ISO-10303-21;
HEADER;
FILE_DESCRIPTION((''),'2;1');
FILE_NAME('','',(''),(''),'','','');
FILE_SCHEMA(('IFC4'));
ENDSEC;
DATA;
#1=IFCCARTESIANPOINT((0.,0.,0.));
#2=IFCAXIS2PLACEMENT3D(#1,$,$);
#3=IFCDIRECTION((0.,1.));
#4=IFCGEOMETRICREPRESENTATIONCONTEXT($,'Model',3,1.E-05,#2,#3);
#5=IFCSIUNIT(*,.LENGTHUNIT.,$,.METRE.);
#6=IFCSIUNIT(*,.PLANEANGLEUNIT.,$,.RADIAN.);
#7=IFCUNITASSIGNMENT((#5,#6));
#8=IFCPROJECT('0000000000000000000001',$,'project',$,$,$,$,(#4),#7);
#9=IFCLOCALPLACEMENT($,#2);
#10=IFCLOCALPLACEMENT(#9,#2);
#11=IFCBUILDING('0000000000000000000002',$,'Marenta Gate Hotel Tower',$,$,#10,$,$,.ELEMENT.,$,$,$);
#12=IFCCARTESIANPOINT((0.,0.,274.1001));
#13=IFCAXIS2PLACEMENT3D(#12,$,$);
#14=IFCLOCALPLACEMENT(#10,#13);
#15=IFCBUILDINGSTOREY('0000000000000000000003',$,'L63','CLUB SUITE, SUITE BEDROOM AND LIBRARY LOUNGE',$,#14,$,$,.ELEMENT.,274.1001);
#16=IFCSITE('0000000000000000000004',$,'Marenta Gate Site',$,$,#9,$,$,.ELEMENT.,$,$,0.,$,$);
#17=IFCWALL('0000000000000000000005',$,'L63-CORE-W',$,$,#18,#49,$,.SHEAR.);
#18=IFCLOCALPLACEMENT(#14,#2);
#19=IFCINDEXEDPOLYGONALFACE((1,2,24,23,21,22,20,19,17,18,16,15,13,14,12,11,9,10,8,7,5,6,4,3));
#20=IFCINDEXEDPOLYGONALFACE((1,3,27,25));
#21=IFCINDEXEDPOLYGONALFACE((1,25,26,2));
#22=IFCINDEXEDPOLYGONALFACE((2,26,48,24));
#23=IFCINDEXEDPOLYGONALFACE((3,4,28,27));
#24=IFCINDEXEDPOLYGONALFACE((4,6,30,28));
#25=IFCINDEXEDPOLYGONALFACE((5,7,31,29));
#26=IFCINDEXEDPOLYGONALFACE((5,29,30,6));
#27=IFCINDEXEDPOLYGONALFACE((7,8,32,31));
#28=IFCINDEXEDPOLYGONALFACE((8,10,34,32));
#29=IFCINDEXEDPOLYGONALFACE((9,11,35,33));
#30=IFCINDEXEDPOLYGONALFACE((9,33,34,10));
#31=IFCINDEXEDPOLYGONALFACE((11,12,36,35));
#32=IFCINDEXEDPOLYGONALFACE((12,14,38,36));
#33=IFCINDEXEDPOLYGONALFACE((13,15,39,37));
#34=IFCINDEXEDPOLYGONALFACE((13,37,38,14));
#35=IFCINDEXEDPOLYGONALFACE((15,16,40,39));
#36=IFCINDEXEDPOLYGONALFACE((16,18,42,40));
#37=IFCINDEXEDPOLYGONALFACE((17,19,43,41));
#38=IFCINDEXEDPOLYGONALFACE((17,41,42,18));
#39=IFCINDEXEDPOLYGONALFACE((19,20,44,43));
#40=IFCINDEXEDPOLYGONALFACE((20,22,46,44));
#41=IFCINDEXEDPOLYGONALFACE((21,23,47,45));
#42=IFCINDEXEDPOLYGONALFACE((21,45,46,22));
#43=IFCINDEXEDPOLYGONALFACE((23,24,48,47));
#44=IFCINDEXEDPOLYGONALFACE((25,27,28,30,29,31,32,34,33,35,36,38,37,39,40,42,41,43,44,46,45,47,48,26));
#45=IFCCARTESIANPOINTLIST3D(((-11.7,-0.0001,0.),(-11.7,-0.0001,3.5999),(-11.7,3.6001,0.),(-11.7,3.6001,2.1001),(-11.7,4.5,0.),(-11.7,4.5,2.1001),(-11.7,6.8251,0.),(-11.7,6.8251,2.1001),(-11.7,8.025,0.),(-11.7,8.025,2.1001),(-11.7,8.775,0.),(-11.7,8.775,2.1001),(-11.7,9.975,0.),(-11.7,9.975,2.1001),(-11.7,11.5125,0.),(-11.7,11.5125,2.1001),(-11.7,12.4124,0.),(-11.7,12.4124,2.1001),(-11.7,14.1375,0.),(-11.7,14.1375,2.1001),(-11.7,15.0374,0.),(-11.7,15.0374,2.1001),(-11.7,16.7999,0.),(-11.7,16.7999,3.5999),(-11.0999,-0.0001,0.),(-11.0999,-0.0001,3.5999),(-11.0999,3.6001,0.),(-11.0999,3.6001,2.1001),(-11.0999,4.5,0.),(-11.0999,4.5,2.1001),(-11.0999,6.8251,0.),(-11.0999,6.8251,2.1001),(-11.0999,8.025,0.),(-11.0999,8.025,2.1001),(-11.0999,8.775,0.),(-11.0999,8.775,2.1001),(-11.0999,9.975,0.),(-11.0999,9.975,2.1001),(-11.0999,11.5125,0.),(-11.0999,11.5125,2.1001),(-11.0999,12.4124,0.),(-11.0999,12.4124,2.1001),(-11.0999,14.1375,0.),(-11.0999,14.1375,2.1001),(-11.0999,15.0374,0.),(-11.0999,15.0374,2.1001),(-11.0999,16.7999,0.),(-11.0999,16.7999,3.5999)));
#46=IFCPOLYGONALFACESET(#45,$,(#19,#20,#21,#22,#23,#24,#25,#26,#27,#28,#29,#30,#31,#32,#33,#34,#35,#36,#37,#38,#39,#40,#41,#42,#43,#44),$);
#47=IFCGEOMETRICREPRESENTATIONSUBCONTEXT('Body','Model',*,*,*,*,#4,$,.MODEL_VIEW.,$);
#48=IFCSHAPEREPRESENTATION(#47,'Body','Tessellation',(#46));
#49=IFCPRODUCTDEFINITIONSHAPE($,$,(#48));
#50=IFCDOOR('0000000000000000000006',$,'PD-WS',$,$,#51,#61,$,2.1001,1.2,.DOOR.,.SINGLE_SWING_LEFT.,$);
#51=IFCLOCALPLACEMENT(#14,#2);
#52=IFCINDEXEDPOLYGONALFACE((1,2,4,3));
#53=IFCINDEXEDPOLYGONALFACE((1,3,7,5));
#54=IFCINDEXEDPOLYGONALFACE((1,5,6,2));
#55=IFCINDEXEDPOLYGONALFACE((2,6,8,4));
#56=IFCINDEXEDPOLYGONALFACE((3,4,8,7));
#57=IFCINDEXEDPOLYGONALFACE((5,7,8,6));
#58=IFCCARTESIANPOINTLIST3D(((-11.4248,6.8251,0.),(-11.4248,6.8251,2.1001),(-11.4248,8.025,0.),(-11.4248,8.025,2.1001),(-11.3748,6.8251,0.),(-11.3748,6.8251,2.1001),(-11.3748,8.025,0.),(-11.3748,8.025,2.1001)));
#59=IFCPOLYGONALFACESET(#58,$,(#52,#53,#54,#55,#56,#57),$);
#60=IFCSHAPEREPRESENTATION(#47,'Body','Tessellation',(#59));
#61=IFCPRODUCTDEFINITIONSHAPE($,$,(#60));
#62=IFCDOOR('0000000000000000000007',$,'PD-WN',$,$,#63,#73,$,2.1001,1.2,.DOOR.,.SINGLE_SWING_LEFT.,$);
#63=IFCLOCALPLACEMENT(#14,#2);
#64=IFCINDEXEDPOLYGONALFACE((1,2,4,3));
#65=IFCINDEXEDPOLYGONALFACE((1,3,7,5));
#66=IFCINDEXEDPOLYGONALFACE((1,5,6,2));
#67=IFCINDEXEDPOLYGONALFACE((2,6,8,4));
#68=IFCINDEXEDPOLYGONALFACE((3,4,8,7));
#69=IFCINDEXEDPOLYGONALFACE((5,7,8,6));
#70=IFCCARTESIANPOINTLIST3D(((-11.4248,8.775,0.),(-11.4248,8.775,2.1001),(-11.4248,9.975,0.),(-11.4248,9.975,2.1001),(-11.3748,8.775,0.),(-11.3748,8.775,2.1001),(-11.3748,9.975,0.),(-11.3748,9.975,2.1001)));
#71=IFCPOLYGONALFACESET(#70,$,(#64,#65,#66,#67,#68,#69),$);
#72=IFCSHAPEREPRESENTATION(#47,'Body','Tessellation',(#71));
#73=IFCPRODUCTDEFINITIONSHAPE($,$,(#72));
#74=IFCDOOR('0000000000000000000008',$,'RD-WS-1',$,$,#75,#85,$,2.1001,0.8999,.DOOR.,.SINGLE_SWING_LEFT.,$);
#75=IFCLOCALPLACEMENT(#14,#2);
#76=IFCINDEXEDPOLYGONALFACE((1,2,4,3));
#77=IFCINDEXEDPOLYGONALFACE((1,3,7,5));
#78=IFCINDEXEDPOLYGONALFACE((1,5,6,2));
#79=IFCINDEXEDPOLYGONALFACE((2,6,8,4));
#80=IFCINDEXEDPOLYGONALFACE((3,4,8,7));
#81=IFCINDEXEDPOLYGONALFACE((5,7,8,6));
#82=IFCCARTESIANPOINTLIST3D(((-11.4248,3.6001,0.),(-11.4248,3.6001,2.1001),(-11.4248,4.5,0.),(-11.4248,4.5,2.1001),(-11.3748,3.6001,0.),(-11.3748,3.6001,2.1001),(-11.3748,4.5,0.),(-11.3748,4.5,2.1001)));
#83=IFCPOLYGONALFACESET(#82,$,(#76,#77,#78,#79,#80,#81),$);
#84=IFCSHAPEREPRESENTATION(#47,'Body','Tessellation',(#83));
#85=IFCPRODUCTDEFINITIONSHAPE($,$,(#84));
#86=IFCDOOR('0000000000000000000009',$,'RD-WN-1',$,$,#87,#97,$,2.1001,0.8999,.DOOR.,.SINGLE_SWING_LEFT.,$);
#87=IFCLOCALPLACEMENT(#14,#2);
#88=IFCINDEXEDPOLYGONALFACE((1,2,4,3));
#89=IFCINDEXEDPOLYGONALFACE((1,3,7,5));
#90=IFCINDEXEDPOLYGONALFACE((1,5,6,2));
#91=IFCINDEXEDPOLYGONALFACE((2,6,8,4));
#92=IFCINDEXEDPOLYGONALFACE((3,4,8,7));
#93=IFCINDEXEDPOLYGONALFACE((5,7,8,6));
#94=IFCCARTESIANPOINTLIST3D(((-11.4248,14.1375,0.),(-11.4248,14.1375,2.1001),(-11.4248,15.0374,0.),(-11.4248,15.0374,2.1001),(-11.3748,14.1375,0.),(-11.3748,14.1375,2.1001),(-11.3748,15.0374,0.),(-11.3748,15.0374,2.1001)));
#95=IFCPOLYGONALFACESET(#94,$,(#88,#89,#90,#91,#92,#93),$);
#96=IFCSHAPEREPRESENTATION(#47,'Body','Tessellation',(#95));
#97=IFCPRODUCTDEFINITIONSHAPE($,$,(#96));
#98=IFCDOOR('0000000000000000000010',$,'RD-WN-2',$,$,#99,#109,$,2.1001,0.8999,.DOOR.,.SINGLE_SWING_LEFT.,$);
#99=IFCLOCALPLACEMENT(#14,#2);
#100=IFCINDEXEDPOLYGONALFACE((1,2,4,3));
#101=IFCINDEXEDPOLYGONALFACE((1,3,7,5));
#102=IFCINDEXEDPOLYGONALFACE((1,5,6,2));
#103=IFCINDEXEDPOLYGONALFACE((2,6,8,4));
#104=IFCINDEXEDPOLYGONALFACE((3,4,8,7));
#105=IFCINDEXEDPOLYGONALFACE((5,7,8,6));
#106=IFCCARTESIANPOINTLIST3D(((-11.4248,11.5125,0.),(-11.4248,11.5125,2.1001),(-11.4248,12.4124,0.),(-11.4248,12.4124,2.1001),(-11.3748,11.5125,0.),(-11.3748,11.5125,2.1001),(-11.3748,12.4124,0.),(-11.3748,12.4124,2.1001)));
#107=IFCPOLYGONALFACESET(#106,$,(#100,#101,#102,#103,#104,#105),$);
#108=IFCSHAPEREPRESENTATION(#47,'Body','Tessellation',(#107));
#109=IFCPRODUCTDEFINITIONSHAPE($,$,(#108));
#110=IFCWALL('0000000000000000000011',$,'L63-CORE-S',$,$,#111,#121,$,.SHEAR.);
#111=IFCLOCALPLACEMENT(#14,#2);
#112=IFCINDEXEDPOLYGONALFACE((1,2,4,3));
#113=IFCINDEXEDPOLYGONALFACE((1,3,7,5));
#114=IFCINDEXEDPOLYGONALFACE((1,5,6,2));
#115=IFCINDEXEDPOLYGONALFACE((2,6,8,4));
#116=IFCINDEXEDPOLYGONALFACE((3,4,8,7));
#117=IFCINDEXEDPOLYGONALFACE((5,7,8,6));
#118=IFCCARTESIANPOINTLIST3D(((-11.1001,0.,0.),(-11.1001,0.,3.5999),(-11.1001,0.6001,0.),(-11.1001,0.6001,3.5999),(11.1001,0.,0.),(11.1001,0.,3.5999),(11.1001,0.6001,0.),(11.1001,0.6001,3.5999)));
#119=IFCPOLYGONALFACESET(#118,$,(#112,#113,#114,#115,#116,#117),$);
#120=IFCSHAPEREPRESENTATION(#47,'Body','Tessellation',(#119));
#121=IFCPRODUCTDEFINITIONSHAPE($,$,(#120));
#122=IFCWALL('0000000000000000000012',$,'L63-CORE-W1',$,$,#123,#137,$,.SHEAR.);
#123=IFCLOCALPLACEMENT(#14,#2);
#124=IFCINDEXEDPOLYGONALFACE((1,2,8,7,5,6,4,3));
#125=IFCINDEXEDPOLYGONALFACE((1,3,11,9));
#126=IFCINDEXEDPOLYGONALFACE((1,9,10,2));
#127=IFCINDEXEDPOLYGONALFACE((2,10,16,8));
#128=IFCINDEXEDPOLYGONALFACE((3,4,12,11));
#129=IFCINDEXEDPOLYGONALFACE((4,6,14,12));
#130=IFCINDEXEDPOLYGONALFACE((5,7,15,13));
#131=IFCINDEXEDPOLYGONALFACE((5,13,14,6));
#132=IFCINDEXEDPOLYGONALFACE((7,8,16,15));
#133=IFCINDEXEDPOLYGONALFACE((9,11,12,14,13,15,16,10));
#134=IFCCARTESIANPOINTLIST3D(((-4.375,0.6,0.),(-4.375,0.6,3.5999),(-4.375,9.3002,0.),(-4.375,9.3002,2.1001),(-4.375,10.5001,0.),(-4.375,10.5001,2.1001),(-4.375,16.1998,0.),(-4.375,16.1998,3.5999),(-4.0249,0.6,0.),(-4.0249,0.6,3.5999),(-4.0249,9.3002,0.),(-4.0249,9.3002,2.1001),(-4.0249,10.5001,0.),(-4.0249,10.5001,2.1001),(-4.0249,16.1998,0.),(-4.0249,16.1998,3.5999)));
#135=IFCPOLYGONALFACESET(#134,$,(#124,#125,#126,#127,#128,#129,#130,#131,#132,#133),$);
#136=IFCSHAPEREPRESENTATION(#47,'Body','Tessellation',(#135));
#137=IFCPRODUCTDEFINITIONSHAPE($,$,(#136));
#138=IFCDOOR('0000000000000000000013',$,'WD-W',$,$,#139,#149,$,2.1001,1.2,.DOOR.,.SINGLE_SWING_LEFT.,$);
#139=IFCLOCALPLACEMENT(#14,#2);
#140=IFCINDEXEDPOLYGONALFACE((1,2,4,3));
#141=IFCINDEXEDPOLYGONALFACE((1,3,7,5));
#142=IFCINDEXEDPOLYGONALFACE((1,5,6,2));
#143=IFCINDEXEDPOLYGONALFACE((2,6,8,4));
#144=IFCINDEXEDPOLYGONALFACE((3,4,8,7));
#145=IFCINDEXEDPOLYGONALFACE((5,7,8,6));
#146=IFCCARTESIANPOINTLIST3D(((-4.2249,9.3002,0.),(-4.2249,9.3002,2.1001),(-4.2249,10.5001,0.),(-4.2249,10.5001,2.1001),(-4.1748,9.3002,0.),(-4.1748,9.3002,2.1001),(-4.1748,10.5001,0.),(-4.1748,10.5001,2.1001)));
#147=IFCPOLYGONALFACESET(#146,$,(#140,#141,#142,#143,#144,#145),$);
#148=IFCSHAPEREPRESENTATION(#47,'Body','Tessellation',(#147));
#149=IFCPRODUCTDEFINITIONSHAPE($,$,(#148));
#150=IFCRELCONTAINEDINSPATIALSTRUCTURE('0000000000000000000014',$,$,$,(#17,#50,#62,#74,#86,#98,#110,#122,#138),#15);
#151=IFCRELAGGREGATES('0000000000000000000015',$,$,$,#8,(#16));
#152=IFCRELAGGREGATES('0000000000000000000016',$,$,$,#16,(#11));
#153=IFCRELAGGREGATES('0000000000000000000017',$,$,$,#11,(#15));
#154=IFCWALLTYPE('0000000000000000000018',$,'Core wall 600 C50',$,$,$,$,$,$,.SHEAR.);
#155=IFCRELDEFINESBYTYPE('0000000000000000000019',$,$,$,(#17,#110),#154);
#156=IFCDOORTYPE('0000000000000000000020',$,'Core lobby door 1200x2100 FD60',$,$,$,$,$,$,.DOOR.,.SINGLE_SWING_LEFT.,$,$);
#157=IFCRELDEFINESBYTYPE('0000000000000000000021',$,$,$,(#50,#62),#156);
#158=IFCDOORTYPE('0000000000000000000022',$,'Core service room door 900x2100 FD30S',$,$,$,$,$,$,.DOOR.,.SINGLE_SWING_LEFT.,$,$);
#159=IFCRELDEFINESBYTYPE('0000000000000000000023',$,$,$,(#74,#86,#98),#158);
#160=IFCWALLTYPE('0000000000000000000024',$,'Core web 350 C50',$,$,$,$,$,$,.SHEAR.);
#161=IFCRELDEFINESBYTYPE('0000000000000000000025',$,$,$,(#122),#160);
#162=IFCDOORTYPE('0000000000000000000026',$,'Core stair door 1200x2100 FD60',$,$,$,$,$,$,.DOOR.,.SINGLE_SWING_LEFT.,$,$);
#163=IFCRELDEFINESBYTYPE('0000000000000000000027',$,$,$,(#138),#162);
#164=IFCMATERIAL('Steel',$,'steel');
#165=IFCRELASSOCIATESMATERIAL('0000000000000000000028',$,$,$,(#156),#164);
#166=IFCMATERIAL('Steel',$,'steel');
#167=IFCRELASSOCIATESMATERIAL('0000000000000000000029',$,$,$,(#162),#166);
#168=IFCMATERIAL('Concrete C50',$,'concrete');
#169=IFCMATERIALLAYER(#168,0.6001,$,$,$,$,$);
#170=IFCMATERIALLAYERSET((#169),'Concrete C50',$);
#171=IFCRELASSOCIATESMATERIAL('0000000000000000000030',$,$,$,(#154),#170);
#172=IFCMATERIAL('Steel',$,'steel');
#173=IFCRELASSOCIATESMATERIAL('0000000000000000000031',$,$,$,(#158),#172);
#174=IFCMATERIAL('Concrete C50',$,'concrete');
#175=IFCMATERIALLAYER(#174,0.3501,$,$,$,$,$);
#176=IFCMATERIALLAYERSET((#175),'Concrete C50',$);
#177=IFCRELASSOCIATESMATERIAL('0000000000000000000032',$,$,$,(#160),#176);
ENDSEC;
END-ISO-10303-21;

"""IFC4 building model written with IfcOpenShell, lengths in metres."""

from ifc_helpers import new_model, si_unit, direction, frame, frame_2d, origin, place, context, subcontext, project, spatial, rectangle, extrude, material, layer, layer_set, type_object, element, fill, save


model = new_model("IFC4")

# Units and contexts
model_context = context("Model", 3, precision=1e-05, world=origin(), true_north=direction((0.0, 1.0)))
body_context = subcontext(model_context, "Body", "Model", "MODEL_VIEW")
ifc_project = project(units=[si_unit("LENGTHUNIT", "METRE"), si_unit("PLANEANGLEUNIT", "RADIAN")], contexts=[model_context])

# Site, building, storey
site_placement = place(None, origin())
site = spatial("IfcSite", under=ifc_project, at=site_placement, Name="Marenta Gate Site", CompositionType="ELEMENT", RefElevation=0.0)
building_placement = place(site_placement, origin())
building = spatial("IfcBuilding", under=site, at=building_placement, Name="Marenta Gate Hotel Tower", CompositionType="ELEMENT")
storey_placement = place(building_placement, frame((0.0, 0.0, 274.1001)))
storey = spatial("IfcBuildingStorey", under=building, at=storey_placement, Name="L63", Description="CLUB SUITE, SUITE BEDROOM AND LIBRARY LOUNGE", CompositionType="ELEMENT", Elevation=274.1001)

# Shared definitions
ifc_material_1 = material(Name="Steel", Category="steel")
door_type_1 = type_object("IfcDoorType", Name="Core lobby door 1200x2100 FD60", OperationType="SINGLE_SWING_LEFT", PredefinedType="DOOR", material=ifc_material_1)

# Shared definitions
ifc_material_2 = material(Name="Steel", Category="steel")
door_type_2 = type_object("IfcDoorType", Name="Core stair door 1200x2100 FD60", OperationType="SINGLE_SWING_LEFT", PredefinedType="DOOR", material=ifc_material_2)

# Wall, openings, doors
ifc_material_3 = material(Name="Concrete C50", Category="concrete")
ifc_layer_1 = layer(ifc_material_3, 0.6001)
ifc_layer_set_1 = layer_set([ifc_layer_1], Name="Concrete C50")
wall_type_1 = type_object("IfcWallType", Name="Core wall 600 C50", PredefinedType="SHEAR", material=ifc_layer_set_1)
wall_1_placement = place(storey_placement, frame((-11.3999, 0.0, 0.0), z_axis=(0.0, 0.0, 1.0), x_axis=(0.0, 1.0, 0.0)))
wall_1 = element("IfcWall", 1, at=wall_1_placement, inside=storey, type_object=wall_type_1, Name="L63-CORE-W", PredefinedType="SHEAR", context=body_context, shape_type="SweptSolid", body=[
    extrude(rectangle(XDim=16.8, YDim=0.6001, at=frame_2d((8.3999, 0.0))), origin(), (0.0, 0.0, 1.0), 3.5999),
])
opening_1_placement = place(wall_1_placement, frame((3.6001, 0.0, 0.0)))
opening_1 = element("IfcOpeningElement", 2, at=opening_1_placement, cuts=wall_1, PredefinedType="OPENING", context=body_context, shape_type="SweptSolid", body=[
    extrude(rectangle(XDim=0.8999, YDim=2.1001, at=frame_2d((0.45, 1.05))), frame((0.0, 0.3, 0.0), z_axis=(0.0, -1.0, 0.0), x_axis=(1.0, 0.0, 0.0)), (0.0, 0.0, 1.0), 0.6001),
])
opening_2_placement = place(wall_1_placement, frame((6.825, 0.0, 0.0)))
opening_2 = element("IfcOpeningElement", 3, at=opening_2_placement, cuts=wall_1, PredefinedType="OPENING", context=body_context, shape_type="SweptSolid", body=[
    extrude(rectangle(XDim=1.2, YDim=2.1001, at=frame_2d((0.6001, 1.05))), frame((0.0, 0.3, 0.0), z_axis=(0.0, -1.0, 0.0), x_axis=(1.0, 0.0, 0.0)), (0.0, 0.0, 1.0), 0.6001),
])
opening_3_placement = place(wall_1_placement, frame((14.1375, 0.0, 0.0)))
opening_3 = element("IfcOpeningElement", 4, at=opening_3_placement, cuts=wall_1, PredefinedType="OPENING", context=body_context, shape_type="SweptSolid", body=[
    extrude(rectangle(XDim=0.8999, YDim=2.1001, at=frame_2d((0.45, 1.05))), frame((0.0, 0.3, 0.0), z_axis=(0.0, -1.0, 0.0), x_axis=(1.0, 0.0, 0.0)), (0.0, 0.0, 1.0), 0.6001),
])
opening_4_placement = place(wall_1_placement, frame((11.5125, 0.0, 0.0)))
opening_4 = element("IfcOpeningElement", 5, at=opening_4_placement, cuts=wall_1, PredefinedType="OPENING", context=body_context, shape_type="SweptSolid", body=[
    extrude(rectangle(XDim=0.8999, YDim=2.1001, at=frame_2d((0.45, 1.05))), frame((0.0, 0.3, 0.0), z_axis=(0.0, -1.0, 0.0), x_axis=(1.0, 0.0, 0.0)), (0.0, 0.0, 1.0), 0.6001),
])
opening_5_placement = place(wall_1_placement, frame((8.7749, 0.0, 0.0)))
opening_5 = element("IfcOpeningElement", 6, at=opening_5_placement, cuts=wall_1, PredefinedType="OPENING", context=body_context, shape_type="SweptSolid", body=[
    extrude(rectangle(XDim=1.2, YDim=2.1001, at=frame_2d((0.6001, 1.05))), frame((0.0, 0.3, 0.0), z_axis=(0.0, -1.0, 0.0), x_axis=(1.0, 0.0, 0.0)), (0.0, 0.0, 1.0), 0.6001),
])
door_1_placement = place(opening_2_placement, origin())
door_1 = element("IfcDoor", 7, at=door_1_placement, inside=storey, type_object=door_type_1, Name="PD-WS", OperationType="SINGLE_SWING_LEFT", OverallHeight=2.1001, OverallWidth=1.2, PredefinedType="DOOR", context=body_context, shape_type="SweptSolid", body=[
    extrude(rectangle(XDim=1.2, YDim=2.1001, at=frame_2d((0.6001, 1.05))), frame((0.0, 0.0249, 0.0), z_axis=(0.0, -1.0, 0.0), x_axis=(1.0, 0.0, 0.0)), (0.0, 0.0, 1.0), 0.05),
])
fill(opening_2, door_1)
door_2_placement = place(opening_5_placement, origin())
door_2 = element("IfcDoor", 8, at=door_2_placement, inside=storey, type_object=door_type_1, Name="PD-WN", OperationType="SINGLE_SWING_LEFT", OverallHeight=2.1001, OverallWidth=1.2, PredefinedType="DOOR", context=body_context, shape_type="SweptSolid", body=[
    extrude(rectangle(XDim=1.2, YDim=2.1001, at=frame_2d((0.6001, 1.05))), frame((0.0, 0.0249, 0.0), z_axis=(0.0, -1.0, 0.0), x_axis=(1.0, 0.0, 0.0)), (0.0, 0.0, 1.0), 0.05),
])
fill(opening_5, door_2)
ifc_material_4 = material(Name="Steel", Category="steel")
door_type_3 = type_object("IfcDoorType", Name="Core service room door 900x2100 FD30S", OperationType="SINGLE_SWING_LEFT", PredefinedType="DOOR", material=ifc_material_4)
door_3_placement = place(opening_1_placement, origin())
door_3 = element("IfcDoor", 9, at=door_3_placement, inside=storey, type_object=door_type_3, Name="RD-WS-1", OperationType="SINGLE_SWING_LEFT", OverallHeight=2.1001, OverallWidth=0.8999, PredefinedType="DOOR", context=body_context, shape_type="SweptSolid", body=[
    extrude(rectangle(XDim=0.8999, YDim=2.1001, at=frame_2d((0.45, 1.05))), frame((0.0, 0.0249, 0.0), z_axis=(0.0, -1.0, 0.0), x_axis=(1.0, 0.0, 0.0)), (0.0, 0.0, 1.0), 0.05),
])
fill(opening_1, door_3)
door_4_placement = place(opening_3_placement, origin())
door_4 = element("IfcDoor", 10, at=door_4_placement, inside=storey, type_object=door_type_3, Name="RD-WN-1", OperationType="SINGLE_SWING_LEFT", OverallHeight=2.1001, OverallWidth=0.8999, PredefinedType="DOOR", context=body_context, shape_type="SweptSolid", body=[
    extrude(rectangle(XDim=0.8999, YDim=2.1001, at=frame_2d((0.45, 1.05))), frame((0.0, 0.0249, 0.0), z_axis=(0.0, -1.0, 0.0), x_axis=(1.0, 0.0, 0.0)), (0.0, 0.0, 1.0), 0.05),
])
fill(opening_3, door_4)
door_5_placement = place(opening_4_placement, origin())
door_5 = element("IfcDoor", 11, at=door_5_placement, inside=storey, type_object=door_type_3, Name="RD-WN-2", OperationType="SINGLE_SWING_LEFT", OverallHeight=2.1001, OverallWidth=0.8999, PredefinedType="DOOR", context=body_context, shape_type="SweptSolid", body=[
    extrude(rectangle(XDim=0.8999, YDim=2.1001, at=frame_2d((0.45, 1.05))), frame((0.0, 0.0249, 0.0), z_axis=(0.0, -1.0, 0.0), x_axis=(1.0, 0.0, 0.0)), (0.0, 0.0, 1.0), 0.05),
])
fill(opening_4, door_5)

# Wall
wall_2_placement = place(storey_placement, frame((-11.1001, 0.3, 0.0), z_axis=(0.0, 0.0, 1.0), x_axis=(1.0, 0.0, 0.0)))
element("IfcWall", 12, at=wall_2_placement, inside=storey, type_object=wall_type_1, Name="L63-CORE-S", PredefinedType="SHEAR", context=body_context, shape_type="SweptSolid", body=[
    extrude(rectangle(XDim=22.2002, YDim=0.6001, at=frame_2d((11.1001, 0.0))), origin(), (0.0, 0.0, 1.0), 3.5999),
])

# Wall, opening, door
ifc_material_5 = material(Name="Concrete C50", Category="concrete")
ifc_layer_2 = layer(ifc_material_5, 0.3501)
ifc_layer_set_2 = layer_set([ifc_layer_2], Name="Concrete C50")
wall_type_2 = type_object("IfcWallType", Name="Core web 350 C50", PredefinedType="SHEAR", material=ifc_layer_set_2)
wall_3_placement = place(storey_placement, frame((-4.2, 0.6001, 0.0), z_axis=(0.0, 0.0, 1.0), x_axis=(0.0, 1.0, 0.0)))
wall_3 = element("IfcWall", 13, at=wall_3_placement, inside=storey, type_object=wall_type_2, Name="L63-CORE-W1", PredefinedType="SHEAR", context=body_context, shape_type="SweptSolid", body=[
    extrude(rectangle(XDim=15.5999, YDim=0.3501, at=frame_2d((7.7998, 0.0))), origin(), (0.0, 0.0, 1.0), 3.5999),
])
opening_6_placement = place(wall_3_placement, frame((8.7, 0.0, 0.0)))
opening_6 = element("IfcOpeningElement", 14, at=opening_6_placement, cuts=wall_3, PredefinedType="OPENING", context=body_context, shape_type="SweptSolid", body=[
    extrude(rectangle(XDim=1.2, YDim=2.1001, at=frame_2d((0.6001, 1.05))), frame((0.0, 0.175, 0.0), z_axis=(0.0, -1.0, 0.0), x_axis=(1.0, 0.0, 0.0)), (0.0, 0.0, 1.0), 0.3501),
])
door_6_placement = place(opening_6_placement, origin())
door_6 = element("IfcDoor", 15, at=door_6_placement, inside=storey, type_object=door_type_2, Name="WD-W", OperationType="SINGLE_SWING_LEFT", OverallHeight=2.1001, OverallWidth=1.2, PredefinedType="DOOR", context=body_context, shape_type="SweptSolid", body=[
    extrude(rectangle(XDim=1.2, YDim=2.1001, at=frame_2d((0.6001, 1.05))), frame((0.0, 0.0249, 0.0), z_axis=(0.0, -1.0, 0.0), x_axis=(1.0, 0.0, 0.0)), (0.0, 0.0, 1.0), 0.05),
])
fill(opening_6, door_6)

save(model, "model.ifc")
